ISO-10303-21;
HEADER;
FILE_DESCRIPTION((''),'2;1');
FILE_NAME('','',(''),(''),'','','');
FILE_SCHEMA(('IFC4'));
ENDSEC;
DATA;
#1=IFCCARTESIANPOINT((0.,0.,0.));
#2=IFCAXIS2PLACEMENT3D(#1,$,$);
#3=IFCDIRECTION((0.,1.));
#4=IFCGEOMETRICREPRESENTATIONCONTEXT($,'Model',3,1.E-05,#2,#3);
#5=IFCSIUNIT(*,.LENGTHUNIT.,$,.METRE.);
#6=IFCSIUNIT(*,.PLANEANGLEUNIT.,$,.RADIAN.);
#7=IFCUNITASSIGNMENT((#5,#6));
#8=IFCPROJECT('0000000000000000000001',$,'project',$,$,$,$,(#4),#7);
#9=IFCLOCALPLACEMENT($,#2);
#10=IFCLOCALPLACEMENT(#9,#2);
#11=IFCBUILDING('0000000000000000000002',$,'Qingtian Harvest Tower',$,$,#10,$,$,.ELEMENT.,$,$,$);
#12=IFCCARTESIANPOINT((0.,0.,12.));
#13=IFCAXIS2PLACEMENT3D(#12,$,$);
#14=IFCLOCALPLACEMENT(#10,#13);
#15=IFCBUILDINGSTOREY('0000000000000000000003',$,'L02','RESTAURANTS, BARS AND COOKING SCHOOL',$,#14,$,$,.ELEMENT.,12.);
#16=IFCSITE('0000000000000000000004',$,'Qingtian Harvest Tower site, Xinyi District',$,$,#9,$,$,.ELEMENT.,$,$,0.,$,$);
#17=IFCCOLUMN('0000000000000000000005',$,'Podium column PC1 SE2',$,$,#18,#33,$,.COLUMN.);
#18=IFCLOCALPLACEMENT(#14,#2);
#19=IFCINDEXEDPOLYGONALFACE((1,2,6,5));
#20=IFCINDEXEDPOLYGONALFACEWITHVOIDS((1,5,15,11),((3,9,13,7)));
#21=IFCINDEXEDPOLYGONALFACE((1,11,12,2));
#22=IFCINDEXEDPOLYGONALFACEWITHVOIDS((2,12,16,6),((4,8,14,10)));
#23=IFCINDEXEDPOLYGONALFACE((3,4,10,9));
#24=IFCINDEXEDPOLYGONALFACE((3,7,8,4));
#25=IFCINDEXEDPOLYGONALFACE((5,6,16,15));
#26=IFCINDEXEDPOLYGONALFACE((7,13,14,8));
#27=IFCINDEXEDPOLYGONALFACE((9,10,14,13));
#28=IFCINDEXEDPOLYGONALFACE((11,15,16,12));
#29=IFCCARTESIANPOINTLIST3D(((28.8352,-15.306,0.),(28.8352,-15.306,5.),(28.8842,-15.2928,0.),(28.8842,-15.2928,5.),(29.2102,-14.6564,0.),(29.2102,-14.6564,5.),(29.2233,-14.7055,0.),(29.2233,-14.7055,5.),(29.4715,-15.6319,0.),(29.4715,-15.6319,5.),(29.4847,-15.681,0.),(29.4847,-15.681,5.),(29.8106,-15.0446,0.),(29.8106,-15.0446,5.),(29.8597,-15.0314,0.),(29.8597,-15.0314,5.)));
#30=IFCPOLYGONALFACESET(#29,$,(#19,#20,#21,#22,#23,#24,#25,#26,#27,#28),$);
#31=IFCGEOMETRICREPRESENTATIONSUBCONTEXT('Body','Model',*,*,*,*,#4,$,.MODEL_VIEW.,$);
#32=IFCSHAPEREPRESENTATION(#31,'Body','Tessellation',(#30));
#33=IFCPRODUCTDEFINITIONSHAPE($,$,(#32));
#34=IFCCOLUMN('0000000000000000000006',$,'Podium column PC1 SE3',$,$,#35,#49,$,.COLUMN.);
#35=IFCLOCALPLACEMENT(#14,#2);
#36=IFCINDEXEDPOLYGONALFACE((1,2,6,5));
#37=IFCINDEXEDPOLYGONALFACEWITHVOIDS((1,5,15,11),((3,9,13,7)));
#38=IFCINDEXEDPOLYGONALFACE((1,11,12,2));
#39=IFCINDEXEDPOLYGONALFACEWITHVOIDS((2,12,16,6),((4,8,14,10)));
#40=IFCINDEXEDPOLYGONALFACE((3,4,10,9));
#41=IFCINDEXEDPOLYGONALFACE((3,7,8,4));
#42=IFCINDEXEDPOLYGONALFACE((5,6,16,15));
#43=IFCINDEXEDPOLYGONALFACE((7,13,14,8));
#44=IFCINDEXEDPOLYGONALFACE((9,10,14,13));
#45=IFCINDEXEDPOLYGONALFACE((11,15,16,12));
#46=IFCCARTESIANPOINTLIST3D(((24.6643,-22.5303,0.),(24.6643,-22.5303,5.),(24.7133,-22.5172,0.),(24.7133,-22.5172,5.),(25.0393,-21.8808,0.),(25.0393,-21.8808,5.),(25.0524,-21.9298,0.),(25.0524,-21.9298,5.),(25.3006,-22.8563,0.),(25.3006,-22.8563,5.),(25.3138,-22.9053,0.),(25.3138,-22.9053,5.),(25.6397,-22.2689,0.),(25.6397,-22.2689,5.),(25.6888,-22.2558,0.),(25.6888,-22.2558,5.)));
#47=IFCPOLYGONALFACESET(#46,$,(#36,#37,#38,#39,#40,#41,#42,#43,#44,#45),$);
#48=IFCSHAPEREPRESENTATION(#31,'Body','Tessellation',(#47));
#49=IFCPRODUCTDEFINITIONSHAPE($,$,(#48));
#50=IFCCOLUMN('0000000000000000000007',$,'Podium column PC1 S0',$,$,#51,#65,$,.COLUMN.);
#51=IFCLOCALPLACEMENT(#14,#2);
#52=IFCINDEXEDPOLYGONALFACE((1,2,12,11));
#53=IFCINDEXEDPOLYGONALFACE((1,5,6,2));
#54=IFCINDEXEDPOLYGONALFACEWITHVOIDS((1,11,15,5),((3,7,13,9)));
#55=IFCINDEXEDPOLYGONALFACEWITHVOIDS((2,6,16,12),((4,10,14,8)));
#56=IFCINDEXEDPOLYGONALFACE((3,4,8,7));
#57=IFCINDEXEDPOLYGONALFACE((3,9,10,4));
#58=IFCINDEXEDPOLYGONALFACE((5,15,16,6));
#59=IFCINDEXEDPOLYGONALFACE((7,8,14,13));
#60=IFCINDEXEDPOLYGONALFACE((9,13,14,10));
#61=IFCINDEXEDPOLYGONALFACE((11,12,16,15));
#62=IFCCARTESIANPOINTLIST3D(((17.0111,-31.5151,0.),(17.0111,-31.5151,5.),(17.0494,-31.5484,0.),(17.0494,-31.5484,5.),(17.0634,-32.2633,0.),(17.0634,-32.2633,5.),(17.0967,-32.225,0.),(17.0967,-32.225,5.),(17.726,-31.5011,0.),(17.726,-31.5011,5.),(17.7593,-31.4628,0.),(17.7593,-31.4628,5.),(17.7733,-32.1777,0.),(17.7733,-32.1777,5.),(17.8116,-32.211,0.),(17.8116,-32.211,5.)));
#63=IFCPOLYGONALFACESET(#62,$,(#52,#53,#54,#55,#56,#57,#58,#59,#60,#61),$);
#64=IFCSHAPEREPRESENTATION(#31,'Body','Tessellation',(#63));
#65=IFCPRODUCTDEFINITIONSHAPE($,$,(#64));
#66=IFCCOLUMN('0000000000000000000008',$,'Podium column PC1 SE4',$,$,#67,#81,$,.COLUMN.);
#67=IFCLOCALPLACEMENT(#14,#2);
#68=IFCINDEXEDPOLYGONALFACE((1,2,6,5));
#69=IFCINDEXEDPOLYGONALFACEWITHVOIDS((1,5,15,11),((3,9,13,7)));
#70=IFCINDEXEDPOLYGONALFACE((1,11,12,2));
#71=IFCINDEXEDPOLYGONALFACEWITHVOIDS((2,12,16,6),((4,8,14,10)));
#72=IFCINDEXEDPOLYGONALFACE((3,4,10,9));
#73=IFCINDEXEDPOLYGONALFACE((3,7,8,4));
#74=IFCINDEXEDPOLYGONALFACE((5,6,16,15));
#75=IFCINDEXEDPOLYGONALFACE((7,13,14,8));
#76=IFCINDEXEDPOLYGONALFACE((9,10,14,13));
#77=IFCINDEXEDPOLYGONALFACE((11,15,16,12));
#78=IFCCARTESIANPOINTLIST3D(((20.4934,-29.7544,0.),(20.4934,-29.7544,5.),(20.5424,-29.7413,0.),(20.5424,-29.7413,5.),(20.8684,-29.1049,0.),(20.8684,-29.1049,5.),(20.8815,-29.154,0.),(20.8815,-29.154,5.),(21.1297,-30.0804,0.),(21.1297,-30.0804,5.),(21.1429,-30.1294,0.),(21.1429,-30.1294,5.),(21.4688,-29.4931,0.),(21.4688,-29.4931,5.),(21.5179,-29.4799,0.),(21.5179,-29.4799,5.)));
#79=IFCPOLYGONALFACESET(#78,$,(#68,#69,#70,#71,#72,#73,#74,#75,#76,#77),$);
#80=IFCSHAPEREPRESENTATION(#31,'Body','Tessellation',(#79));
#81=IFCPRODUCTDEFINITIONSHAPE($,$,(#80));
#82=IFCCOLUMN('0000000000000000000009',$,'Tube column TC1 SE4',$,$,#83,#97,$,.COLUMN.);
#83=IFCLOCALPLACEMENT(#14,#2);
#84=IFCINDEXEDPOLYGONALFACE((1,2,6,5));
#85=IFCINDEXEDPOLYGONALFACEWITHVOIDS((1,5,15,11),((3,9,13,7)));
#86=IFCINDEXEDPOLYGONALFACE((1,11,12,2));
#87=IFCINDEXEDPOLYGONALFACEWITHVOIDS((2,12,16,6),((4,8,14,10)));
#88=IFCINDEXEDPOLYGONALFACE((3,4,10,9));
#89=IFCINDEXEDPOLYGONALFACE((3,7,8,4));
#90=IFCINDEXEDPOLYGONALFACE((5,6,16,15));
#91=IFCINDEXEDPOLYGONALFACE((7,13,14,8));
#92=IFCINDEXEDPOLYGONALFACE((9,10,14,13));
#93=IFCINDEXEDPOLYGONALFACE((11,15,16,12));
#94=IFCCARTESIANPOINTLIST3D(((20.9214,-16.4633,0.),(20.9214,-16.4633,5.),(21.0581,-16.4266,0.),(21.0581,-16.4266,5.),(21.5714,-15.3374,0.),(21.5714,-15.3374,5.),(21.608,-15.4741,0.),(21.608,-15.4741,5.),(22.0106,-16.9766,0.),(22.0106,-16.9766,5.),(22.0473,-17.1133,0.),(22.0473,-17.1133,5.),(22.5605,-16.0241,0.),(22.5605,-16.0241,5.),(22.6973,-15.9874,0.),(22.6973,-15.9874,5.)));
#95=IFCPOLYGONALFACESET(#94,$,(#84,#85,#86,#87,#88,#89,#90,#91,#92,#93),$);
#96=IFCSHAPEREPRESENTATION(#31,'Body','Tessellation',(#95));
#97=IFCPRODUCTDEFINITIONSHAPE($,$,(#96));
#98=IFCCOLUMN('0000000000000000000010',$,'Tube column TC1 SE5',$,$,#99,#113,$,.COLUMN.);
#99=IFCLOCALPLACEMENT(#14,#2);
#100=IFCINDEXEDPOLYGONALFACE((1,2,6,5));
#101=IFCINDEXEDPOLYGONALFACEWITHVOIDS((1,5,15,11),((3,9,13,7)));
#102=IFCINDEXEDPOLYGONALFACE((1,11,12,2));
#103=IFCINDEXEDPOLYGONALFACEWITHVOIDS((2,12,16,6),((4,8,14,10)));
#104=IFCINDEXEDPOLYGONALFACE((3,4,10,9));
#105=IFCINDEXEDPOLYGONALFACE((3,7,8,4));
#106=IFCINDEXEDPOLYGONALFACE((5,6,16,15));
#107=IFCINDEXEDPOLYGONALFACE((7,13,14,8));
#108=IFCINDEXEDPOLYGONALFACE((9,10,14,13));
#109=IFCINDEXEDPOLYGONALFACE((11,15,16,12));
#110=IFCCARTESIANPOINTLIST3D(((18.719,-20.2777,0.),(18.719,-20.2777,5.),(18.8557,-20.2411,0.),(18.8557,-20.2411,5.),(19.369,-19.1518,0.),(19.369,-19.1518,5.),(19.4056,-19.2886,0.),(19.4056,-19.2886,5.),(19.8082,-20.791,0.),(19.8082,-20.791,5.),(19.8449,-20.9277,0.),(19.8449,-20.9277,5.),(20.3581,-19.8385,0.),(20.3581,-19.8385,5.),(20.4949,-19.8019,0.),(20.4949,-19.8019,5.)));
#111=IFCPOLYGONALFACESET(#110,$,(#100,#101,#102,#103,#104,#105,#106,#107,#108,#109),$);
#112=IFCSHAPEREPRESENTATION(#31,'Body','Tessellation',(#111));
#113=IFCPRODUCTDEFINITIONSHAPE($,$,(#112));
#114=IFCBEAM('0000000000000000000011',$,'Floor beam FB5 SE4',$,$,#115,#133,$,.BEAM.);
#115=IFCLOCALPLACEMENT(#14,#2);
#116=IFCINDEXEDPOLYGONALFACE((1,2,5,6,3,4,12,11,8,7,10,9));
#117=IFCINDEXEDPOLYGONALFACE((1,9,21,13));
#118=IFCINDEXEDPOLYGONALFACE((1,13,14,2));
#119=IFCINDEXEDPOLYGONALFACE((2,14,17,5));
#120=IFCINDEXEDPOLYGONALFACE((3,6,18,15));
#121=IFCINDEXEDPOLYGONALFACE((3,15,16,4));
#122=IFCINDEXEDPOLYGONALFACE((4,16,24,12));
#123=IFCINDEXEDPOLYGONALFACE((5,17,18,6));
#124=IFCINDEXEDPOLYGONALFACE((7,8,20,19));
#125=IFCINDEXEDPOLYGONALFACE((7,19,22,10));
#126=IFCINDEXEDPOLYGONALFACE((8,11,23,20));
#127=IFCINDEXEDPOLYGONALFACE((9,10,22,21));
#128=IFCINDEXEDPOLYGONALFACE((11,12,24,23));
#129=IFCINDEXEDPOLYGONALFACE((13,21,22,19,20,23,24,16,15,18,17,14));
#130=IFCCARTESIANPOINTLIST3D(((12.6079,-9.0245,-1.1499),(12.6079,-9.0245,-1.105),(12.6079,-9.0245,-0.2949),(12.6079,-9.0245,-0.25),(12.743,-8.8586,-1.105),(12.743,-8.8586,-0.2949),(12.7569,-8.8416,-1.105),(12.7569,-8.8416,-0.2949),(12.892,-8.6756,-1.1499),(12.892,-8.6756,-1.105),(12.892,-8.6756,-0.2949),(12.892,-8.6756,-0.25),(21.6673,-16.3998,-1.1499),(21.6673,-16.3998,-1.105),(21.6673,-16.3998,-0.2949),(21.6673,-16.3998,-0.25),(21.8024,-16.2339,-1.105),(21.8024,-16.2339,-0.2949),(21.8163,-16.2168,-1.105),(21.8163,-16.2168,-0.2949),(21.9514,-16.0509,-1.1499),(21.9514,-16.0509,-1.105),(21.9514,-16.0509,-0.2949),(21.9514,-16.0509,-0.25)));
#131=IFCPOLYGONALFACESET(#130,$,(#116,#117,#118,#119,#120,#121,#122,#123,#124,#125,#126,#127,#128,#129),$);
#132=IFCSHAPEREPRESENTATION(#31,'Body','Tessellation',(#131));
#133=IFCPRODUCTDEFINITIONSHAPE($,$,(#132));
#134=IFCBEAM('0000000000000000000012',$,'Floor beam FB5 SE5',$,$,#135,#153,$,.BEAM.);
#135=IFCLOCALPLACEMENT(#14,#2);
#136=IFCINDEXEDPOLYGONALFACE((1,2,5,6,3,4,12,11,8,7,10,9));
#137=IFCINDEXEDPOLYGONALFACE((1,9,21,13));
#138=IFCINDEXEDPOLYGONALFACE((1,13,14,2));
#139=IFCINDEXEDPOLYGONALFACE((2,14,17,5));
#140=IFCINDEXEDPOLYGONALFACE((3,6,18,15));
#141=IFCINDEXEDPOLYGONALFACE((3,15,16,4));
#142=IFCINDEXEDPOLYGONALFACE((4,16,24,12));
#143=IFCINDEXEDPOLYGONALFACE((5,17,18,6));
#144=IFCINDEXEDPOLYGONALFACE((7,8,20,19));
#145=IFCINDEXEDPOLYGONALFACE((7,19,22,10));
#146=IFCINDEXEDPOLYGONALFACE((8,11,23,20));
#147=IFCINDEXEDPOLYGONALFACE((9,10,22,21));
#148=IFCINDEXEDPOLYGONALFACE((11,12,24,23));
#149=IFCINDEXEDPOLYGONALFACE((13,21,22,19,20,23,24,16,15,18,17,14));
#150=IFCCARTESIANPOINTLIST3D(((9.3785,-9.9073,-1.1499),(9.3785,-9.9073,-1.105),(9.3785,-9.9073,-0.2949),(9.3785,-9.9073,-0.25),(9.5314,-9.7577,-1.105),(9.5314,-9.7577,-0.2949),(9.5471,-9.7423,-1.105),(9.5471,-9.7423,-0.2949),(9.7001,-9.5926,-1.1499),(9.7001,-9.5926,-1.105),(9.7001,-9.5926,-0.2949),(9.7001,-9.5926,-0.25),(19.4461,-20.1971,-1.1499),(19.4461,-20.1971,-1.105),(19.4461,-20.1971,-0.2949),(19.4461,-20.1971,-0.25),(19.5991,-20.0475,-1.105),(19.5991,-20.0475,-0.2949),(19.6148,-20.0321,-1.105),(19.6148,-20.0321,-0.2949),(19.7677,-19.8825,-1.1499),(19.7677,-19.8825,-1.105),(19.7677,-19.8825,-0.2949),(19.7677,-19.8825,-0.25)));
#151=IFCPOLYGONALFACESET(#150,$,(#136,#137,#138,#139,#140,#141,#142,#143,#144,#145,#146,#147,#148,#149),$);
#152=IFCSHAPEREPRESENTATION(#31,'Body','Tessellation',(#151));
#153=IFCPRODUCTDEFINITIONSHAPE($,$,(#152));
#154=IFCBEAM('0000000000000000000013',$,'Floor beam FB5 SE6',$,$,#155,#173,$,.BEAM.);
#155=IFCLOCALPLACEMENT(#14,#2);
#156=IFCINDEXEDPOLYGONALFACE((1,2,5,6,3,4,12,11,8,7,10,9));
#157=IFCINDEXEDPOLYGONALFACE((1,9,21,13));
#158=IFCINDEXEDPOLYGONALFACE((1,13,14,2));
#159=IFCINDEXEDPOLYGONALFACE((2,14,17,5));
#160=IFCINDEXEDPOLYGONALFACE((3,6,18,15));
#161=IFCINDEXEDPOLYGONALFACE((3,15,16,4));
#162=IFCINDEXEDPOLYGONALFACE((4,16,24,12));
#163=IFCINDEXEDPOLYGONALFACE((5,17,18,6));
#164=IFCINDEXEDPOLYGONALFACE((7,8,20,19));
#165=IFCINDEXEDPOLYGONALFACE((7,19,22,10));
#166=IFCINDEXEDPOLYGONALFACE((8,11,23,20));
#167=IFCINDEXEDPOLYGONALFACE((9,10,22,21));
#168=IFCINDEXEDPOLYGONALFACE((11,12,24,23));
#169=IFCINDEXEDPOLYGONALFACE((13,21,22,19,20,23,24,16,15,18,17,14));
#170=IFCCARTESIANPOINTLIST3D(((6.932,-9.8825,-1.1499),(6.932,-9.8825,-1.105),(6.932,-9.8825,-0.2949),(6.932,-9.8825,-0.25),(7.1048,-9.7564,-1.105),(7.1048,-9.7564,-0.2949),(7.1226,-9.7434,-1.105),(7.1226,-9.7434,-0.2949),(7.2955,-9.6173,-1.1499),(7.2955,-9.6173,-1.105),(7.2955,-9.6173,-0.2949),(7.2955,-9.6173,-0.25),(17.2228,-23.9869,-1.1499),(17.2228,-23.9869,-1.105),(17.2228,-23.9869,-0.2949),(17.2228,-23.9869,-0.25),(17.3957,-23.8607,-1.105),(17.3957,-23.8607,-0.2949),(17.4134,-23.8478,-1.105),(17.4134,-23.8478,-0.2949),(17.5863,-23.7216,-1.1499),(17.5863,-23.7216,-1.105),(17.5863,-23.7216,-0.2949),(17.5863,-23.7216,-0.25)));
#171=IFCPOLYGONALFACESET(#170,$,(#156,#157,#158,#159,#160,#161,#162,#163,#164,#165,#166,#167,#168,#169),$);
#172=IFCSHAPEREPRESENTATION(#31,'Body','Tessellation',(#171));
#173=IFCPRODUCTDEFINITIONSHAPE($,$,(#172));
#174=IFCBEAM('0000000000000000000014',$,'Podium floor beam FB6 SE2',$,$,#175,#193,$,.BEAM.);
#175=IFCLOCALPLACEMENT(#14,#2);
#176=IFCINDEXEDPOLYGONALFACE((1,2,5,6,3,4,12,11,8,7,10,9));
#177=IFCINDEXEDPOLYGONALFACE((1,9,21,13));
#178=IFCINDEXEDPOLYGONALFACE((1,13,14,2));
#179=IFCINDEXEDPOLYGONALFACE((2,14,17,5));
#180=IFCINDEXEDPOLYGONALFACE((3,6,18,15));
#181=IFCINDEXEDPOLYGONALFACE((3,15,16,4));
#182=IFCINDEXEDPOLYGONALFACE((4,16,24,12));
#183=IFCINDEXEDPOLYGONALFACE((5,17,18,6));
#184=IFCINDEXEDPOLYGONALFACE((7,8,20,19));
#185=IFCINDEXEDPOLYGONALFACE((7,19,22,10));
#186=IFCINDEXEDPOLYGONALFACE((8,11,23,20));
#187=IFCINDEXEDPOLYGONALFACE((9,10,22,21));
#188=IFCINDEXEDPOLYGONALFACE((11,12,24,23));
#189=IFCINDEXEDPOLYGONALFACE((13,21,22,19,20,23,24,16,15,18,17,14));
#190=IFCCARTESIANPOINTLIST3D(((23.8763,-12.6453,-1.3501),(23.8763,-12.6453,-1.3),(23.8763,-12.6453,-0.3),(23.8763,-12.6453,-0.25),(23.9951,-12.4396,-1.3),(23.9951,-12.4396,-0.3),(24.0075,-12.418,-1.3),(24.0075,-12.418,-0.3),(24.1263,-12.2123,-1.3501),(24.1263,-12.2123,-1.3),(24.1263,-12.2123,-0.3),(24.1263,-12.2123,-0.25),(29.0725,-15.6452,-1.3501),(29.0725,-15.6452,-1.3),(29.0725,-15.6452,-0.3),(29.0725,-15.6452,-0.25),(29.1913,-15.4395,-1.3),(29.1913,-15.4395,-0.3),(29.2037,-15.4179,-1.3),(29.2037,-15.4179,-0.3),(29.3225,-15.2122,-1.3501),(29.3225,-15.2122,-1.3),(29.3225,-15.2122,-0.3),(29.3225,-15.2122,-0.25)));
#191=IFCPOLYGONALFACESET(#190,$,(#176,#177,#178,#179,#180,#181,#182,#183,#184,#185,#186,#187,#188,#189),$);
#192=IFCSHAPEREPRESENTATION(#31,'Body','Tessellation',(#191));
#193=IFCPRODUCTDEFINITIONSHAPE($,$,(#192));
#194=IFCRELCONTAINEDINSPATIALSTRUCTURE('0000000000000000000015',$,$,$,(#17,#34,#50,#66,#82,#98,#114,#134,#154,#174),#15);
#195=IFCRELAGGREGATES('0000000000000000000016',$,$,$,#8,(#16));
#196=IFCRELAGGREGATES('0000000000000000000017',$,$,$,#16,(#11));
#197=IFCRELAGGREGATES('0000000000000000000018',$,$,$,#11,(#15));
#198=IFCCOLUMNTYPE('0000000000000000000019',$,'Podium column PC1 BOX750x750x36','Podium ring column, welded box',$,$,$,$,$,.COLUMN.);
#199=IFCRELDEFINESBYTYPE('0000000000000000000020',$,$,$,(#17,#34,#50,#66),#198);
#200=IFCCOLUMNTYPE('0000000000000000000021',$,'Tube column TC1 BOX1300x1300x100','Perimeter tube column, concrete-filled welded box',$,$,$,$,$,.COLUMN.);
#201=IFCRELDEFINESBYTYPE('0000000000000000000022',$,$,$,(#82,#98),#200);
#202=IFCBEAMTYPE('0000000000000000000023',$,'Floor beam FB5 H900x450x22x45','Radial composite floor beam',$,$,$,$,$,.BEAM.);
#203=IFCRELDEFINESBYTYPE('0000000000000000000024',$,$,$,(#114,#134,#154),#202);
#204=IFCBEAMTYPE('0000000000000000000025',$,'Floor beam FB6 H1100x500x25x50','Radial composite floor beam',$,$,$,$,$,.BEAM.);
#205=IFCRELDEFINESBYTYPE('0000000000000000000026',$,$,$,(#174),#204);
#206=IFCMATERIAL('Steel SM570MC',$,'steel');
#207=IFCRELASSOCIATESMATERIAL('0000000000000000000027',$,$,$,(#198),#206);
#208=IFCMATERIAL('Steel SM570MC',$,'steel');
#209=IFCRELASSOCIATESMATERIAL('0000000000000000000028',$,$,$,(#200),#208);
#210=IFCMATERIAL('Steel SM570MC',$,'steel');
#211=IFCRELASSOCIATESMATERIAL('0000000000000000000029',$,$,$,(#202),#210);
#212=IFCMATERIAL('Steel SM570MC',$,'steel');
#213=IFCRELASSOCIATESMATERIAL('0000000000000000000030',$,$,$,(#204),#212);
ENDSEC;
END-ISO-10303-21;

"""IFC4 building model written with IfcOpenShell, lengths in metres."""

from ifc_helpers import new_model, si_unit, direction, frame, origin, origin_2d, place, context, subcontext, project, spatial, hollow_rectangle, i_section, extrude, material, material_profile, profile_set, type_object, element, save


model = new_model("IFC4")

# Units and contexts
model_context = context("Model", 3, precision=1e-05, world=origin(), true_north=direction((0.0, 1.0)))
body_context = subcontext(model_context, "Body", "Model", "MODEL_VIEW")
ifc_project = project(units=[si_unit("LENGTHUNIT", "METRE"), si_unit("PLANEANGLEUNIT", "RADIAN")], contexts=[model_context])

# Site, building, storey
site_placement = place(None, origin())
site = spatial("IfcSite", under=ifc_project, at=site_placement, Name="Qingtian Harvest Tower site, Xinyi District", CompositionType="ELEMENT", RefElevation=0.0)
building_placement = place(site_placement, origin())
building = spatial("IfcBuilding", under=site, at=building_placement, Name="Qingtian Harvest Tower", CompositionType="ELEMENT")
storey_placement = place(building_placement, frame((0.0, 0.0, 12.0)))
storey = spatial("IfcBuildingStorey", under=building, at=storey_placement, Name="L02", Description="RESTAURANTS, BARS AND COOKING SCHOOL", CompositionType="ELEMENT", Elevation=12.0)

# Columns
ifc_material_1 = material(Name="Steel SM570MC", Category="steel")
ifc_material_profile_1 = material_profile(ifc_material_1, hollow_rectangle(XDim=0.75, YDim=0.75, WallThickness=0.0359, at=origin_2d()), Name="BOX750x750x36")
ifc_profile_set_1 = profile_set([ifc_material_profile_1], Name="Steel SM570MC")
column_type_1 = type_object("IfcColumnType", Name="Podium column PC1 BOX750x750x36", Description="Podium ring column, welded box", PredefinedType="COLUMN", material=ifc_profile_set_1)
for number, where, z_axis, x_axis, name in (
    (1, (29.3474, -15.1687, 0.0), (0.0, 0.0, 1.0), (0.5, 0.866025, 0.0), "Podium column PC1 SE2"),
    (2, (25.1765, -22.3931, 0.0), (0.0, 0.0, 1.0), (0.5, 0.866025, 0.0), "Podium column PC1 SE3"),
    (3, (17.4114, -31.863, 0.0), (0.0, 0.0, 1.0), (0.997564, 0.069756, 0.0), "Podium column PC1 S0"),
    (4, (21.0056, -29.6172, 0.0), (0.0, 0.0, 1.0), (0.5, 0.866025, 0.0), "Podium column PC1 SE4"),
):
    element("IfcColumn", number, at=place(storey_placement, frame(where, z_axis=z_axis, x_axis=x_axis)), inside=storey, type_object=column_type_1, Name=name, PredefinedType="COLUMN", context=body_context, shape_type="SweptSolid", body=[
        extrude(hollow_rectangle(XDim=0.75, YDim=0.75, WallThickness=0.0359, at=origin_2d()), origin(), (0.0, 0.0, 1.0), 5.0),
    ])
ifc_material_2 = material(Name="Steel SM570MC", Category="steel")
ifc_material_profile_2 = material_profile(ifc_material_2, hollow_rectangle(XDim=1.3, YDim=1.3, WallThickness=0.1001, at=origin_2d()), Name="BOX1300x1300x100")
ifc_profile_set_2 = profile_set([ifc_material_profile_2], Name="Steel SM570MC")
column_type_2 = type_object("IfcColumnType", Name="Tube column TC1 BOX1300x1300x100", Description="Perimeter tube column, concrete-filled welded box", PredefinedType="COLUMN", material=ifc_profile_set_2)
for number, where, z_axis, x_axis, name in (
    (5, (21.8093, -16.2253, 0.0), (0.0, 0.0, 1.0), (0.5, 0.866025, 0.0), "Tube column TC1 SE4"),
    (6, (19.6069, -20.0398, 0.0), (0.0, 0.0, 1.0), (0.5, 0.866025, 0.0), "Tube column TC1 SE5"),
):
    element("IfcColumn", number, at=place(storey_placement, frame(where, z_axis=z_axis, x_axis=x_axis)), inside=storey, type_object=column_type_2, Name=name, PredefinedType="COLUMN", context=body_context, shape_type="SweptSolid", body=[
        extrude(hollow_rectangle(XDim=1.3, YDim=1.3, WallThickness=0.1001, at=origin_2d()), origin(), (0.0, 0.0, 1.0), 5.0),
    ])

# Beams
ifc_material_3 = material(Name="Steel SM570MC", Category="steel")
ifc_material_profile_3 = material_profile(ifc_material_3, i_section(OverallWidth=0.45, OverallDepth=0.8999, WebThickness=0.022, FlangeThickness=0.0449, at=origin_2d()), Name="H900x450x22x45")
ifc_profile_set_3 = profile_set([ifc_material_profile_3], Name="Steel SM570MC")
beam_type_1 = type_object("IfcBeamType", Name="Floor beam FB5 H900x450x22x45", Description="Radial composite floor beam", PredefinedType="BEAM", material=ifc_profile_set_3)
beam_1_placement = place(storey_placement, frame((21.8093, -16.2253, -0.7), z_axis=(-0.775504, 0.631342, 0.0), x_axis=(-0.631342, -0.775504, 0.0)))
element("IfcBeam", 7, at=beam_1_placement, inside=storey, type_object=beam_type_1, Name="Floor beam FB5 SE4", PredefinedType="BEAM", context=body_context, shape_type="SweptSolid", body=[
    extrude(i_section(OverallWidth=0.45, OverallDepth=0.8999, WebThickness=0.022, FlangeThickness=0.0449, at=origin_2d()), origin(), (0.0, 0.0, 1.0), 11.6819),
])
beam_2_placement = place(storey_placement, frame((19.6069, -20.0398, -0.7), z_axis=(-0.699348, 0.714781, 0.0), x_axis=(-0.714781, -0.699348, 0.0)))
element("IfcBeam", 8, at=beam_2_placement, inside=storey, type_object=beam_type_1, Name="Floor beam FB5 SE5", PredefinedType="BEAM", context=body_context, shape_type="SweptSolid", body=[
    extrude(i_section(OverallWidth=0.45, OverallDepth=0.8999, WebThickness=0.022, FlangeThickness=0.0449, at=origin_2d()), origin(), (0.0, 0.0, 1.0), 14.3958),
])
beam_3_placement = place(storey_placement, frame((17.4045, -23.8542, -0.7), z_axis=(-0.589412, 0.807832, 0.0), x_axis=(-0.807832, -0.589412, 0.0)))
element("IfcBeam", 9, at=beam_3_placement, inside=storey, type_object=beam_type_1, Name="Floor beam FB5 SE6", PredefinedType="BEAM", context=body_context, shape_type="SweptSolid", body=[
    extrude(i_section(OverallWidth=0.45, OverallDepth=0.8999, WebThickness=0.022, FlangeThickness=0.0449, at=origin_2d()), origin(), (0.0, 0.0, 1.0), 17.4595),
])
ifc_material_4 = material(Name="Steel SM570MC", Category="steel")
ifc_material_profile_4 = material_profile(ifc_material_4, i_section(OverallWidth=0.5, OverallDepth=1.1001, WebThickness=0.0249, FlangeThickness=0.05, at=origin_2d()), Name="H1100x500x25x50")
ifc_profile_set_4 = profile_set([ifc_material_profile_4], Name="Steel SM570MC")
beam_type_2 = type_object("IfcBeamType", Name="Floor beam FB6 H1100x500x25x50", Description="Radial composite floor beam", PredefinedType="BEAM", material=ifc_profile_set_4)
beam_4_placement = place(storey_placement, frame((29.1975, -15.4287, -0.8), z_axis=(-0.866031, 0.49999, 0.0), x_axis=(-0.49999, -0.866031, 0.0)))
element("IfcBeam", 10, at=beam_4_placement, inside=storey, type_object=beam_type_2, Name="Podium floor beam FB6 SE2", PredefinedType="BEAM", context=body_context, shape_type="SweptSolid", body=[
    extrude(i_section(OverallWidth=0.5, OverallDepth=1.1001, WebThickness=0.0249, FlangeThickness=0.05, at=origin_2d()), origin(), (0.0, 0.0, 1.0), 6.0),
])

save(model, "model.ifc")
